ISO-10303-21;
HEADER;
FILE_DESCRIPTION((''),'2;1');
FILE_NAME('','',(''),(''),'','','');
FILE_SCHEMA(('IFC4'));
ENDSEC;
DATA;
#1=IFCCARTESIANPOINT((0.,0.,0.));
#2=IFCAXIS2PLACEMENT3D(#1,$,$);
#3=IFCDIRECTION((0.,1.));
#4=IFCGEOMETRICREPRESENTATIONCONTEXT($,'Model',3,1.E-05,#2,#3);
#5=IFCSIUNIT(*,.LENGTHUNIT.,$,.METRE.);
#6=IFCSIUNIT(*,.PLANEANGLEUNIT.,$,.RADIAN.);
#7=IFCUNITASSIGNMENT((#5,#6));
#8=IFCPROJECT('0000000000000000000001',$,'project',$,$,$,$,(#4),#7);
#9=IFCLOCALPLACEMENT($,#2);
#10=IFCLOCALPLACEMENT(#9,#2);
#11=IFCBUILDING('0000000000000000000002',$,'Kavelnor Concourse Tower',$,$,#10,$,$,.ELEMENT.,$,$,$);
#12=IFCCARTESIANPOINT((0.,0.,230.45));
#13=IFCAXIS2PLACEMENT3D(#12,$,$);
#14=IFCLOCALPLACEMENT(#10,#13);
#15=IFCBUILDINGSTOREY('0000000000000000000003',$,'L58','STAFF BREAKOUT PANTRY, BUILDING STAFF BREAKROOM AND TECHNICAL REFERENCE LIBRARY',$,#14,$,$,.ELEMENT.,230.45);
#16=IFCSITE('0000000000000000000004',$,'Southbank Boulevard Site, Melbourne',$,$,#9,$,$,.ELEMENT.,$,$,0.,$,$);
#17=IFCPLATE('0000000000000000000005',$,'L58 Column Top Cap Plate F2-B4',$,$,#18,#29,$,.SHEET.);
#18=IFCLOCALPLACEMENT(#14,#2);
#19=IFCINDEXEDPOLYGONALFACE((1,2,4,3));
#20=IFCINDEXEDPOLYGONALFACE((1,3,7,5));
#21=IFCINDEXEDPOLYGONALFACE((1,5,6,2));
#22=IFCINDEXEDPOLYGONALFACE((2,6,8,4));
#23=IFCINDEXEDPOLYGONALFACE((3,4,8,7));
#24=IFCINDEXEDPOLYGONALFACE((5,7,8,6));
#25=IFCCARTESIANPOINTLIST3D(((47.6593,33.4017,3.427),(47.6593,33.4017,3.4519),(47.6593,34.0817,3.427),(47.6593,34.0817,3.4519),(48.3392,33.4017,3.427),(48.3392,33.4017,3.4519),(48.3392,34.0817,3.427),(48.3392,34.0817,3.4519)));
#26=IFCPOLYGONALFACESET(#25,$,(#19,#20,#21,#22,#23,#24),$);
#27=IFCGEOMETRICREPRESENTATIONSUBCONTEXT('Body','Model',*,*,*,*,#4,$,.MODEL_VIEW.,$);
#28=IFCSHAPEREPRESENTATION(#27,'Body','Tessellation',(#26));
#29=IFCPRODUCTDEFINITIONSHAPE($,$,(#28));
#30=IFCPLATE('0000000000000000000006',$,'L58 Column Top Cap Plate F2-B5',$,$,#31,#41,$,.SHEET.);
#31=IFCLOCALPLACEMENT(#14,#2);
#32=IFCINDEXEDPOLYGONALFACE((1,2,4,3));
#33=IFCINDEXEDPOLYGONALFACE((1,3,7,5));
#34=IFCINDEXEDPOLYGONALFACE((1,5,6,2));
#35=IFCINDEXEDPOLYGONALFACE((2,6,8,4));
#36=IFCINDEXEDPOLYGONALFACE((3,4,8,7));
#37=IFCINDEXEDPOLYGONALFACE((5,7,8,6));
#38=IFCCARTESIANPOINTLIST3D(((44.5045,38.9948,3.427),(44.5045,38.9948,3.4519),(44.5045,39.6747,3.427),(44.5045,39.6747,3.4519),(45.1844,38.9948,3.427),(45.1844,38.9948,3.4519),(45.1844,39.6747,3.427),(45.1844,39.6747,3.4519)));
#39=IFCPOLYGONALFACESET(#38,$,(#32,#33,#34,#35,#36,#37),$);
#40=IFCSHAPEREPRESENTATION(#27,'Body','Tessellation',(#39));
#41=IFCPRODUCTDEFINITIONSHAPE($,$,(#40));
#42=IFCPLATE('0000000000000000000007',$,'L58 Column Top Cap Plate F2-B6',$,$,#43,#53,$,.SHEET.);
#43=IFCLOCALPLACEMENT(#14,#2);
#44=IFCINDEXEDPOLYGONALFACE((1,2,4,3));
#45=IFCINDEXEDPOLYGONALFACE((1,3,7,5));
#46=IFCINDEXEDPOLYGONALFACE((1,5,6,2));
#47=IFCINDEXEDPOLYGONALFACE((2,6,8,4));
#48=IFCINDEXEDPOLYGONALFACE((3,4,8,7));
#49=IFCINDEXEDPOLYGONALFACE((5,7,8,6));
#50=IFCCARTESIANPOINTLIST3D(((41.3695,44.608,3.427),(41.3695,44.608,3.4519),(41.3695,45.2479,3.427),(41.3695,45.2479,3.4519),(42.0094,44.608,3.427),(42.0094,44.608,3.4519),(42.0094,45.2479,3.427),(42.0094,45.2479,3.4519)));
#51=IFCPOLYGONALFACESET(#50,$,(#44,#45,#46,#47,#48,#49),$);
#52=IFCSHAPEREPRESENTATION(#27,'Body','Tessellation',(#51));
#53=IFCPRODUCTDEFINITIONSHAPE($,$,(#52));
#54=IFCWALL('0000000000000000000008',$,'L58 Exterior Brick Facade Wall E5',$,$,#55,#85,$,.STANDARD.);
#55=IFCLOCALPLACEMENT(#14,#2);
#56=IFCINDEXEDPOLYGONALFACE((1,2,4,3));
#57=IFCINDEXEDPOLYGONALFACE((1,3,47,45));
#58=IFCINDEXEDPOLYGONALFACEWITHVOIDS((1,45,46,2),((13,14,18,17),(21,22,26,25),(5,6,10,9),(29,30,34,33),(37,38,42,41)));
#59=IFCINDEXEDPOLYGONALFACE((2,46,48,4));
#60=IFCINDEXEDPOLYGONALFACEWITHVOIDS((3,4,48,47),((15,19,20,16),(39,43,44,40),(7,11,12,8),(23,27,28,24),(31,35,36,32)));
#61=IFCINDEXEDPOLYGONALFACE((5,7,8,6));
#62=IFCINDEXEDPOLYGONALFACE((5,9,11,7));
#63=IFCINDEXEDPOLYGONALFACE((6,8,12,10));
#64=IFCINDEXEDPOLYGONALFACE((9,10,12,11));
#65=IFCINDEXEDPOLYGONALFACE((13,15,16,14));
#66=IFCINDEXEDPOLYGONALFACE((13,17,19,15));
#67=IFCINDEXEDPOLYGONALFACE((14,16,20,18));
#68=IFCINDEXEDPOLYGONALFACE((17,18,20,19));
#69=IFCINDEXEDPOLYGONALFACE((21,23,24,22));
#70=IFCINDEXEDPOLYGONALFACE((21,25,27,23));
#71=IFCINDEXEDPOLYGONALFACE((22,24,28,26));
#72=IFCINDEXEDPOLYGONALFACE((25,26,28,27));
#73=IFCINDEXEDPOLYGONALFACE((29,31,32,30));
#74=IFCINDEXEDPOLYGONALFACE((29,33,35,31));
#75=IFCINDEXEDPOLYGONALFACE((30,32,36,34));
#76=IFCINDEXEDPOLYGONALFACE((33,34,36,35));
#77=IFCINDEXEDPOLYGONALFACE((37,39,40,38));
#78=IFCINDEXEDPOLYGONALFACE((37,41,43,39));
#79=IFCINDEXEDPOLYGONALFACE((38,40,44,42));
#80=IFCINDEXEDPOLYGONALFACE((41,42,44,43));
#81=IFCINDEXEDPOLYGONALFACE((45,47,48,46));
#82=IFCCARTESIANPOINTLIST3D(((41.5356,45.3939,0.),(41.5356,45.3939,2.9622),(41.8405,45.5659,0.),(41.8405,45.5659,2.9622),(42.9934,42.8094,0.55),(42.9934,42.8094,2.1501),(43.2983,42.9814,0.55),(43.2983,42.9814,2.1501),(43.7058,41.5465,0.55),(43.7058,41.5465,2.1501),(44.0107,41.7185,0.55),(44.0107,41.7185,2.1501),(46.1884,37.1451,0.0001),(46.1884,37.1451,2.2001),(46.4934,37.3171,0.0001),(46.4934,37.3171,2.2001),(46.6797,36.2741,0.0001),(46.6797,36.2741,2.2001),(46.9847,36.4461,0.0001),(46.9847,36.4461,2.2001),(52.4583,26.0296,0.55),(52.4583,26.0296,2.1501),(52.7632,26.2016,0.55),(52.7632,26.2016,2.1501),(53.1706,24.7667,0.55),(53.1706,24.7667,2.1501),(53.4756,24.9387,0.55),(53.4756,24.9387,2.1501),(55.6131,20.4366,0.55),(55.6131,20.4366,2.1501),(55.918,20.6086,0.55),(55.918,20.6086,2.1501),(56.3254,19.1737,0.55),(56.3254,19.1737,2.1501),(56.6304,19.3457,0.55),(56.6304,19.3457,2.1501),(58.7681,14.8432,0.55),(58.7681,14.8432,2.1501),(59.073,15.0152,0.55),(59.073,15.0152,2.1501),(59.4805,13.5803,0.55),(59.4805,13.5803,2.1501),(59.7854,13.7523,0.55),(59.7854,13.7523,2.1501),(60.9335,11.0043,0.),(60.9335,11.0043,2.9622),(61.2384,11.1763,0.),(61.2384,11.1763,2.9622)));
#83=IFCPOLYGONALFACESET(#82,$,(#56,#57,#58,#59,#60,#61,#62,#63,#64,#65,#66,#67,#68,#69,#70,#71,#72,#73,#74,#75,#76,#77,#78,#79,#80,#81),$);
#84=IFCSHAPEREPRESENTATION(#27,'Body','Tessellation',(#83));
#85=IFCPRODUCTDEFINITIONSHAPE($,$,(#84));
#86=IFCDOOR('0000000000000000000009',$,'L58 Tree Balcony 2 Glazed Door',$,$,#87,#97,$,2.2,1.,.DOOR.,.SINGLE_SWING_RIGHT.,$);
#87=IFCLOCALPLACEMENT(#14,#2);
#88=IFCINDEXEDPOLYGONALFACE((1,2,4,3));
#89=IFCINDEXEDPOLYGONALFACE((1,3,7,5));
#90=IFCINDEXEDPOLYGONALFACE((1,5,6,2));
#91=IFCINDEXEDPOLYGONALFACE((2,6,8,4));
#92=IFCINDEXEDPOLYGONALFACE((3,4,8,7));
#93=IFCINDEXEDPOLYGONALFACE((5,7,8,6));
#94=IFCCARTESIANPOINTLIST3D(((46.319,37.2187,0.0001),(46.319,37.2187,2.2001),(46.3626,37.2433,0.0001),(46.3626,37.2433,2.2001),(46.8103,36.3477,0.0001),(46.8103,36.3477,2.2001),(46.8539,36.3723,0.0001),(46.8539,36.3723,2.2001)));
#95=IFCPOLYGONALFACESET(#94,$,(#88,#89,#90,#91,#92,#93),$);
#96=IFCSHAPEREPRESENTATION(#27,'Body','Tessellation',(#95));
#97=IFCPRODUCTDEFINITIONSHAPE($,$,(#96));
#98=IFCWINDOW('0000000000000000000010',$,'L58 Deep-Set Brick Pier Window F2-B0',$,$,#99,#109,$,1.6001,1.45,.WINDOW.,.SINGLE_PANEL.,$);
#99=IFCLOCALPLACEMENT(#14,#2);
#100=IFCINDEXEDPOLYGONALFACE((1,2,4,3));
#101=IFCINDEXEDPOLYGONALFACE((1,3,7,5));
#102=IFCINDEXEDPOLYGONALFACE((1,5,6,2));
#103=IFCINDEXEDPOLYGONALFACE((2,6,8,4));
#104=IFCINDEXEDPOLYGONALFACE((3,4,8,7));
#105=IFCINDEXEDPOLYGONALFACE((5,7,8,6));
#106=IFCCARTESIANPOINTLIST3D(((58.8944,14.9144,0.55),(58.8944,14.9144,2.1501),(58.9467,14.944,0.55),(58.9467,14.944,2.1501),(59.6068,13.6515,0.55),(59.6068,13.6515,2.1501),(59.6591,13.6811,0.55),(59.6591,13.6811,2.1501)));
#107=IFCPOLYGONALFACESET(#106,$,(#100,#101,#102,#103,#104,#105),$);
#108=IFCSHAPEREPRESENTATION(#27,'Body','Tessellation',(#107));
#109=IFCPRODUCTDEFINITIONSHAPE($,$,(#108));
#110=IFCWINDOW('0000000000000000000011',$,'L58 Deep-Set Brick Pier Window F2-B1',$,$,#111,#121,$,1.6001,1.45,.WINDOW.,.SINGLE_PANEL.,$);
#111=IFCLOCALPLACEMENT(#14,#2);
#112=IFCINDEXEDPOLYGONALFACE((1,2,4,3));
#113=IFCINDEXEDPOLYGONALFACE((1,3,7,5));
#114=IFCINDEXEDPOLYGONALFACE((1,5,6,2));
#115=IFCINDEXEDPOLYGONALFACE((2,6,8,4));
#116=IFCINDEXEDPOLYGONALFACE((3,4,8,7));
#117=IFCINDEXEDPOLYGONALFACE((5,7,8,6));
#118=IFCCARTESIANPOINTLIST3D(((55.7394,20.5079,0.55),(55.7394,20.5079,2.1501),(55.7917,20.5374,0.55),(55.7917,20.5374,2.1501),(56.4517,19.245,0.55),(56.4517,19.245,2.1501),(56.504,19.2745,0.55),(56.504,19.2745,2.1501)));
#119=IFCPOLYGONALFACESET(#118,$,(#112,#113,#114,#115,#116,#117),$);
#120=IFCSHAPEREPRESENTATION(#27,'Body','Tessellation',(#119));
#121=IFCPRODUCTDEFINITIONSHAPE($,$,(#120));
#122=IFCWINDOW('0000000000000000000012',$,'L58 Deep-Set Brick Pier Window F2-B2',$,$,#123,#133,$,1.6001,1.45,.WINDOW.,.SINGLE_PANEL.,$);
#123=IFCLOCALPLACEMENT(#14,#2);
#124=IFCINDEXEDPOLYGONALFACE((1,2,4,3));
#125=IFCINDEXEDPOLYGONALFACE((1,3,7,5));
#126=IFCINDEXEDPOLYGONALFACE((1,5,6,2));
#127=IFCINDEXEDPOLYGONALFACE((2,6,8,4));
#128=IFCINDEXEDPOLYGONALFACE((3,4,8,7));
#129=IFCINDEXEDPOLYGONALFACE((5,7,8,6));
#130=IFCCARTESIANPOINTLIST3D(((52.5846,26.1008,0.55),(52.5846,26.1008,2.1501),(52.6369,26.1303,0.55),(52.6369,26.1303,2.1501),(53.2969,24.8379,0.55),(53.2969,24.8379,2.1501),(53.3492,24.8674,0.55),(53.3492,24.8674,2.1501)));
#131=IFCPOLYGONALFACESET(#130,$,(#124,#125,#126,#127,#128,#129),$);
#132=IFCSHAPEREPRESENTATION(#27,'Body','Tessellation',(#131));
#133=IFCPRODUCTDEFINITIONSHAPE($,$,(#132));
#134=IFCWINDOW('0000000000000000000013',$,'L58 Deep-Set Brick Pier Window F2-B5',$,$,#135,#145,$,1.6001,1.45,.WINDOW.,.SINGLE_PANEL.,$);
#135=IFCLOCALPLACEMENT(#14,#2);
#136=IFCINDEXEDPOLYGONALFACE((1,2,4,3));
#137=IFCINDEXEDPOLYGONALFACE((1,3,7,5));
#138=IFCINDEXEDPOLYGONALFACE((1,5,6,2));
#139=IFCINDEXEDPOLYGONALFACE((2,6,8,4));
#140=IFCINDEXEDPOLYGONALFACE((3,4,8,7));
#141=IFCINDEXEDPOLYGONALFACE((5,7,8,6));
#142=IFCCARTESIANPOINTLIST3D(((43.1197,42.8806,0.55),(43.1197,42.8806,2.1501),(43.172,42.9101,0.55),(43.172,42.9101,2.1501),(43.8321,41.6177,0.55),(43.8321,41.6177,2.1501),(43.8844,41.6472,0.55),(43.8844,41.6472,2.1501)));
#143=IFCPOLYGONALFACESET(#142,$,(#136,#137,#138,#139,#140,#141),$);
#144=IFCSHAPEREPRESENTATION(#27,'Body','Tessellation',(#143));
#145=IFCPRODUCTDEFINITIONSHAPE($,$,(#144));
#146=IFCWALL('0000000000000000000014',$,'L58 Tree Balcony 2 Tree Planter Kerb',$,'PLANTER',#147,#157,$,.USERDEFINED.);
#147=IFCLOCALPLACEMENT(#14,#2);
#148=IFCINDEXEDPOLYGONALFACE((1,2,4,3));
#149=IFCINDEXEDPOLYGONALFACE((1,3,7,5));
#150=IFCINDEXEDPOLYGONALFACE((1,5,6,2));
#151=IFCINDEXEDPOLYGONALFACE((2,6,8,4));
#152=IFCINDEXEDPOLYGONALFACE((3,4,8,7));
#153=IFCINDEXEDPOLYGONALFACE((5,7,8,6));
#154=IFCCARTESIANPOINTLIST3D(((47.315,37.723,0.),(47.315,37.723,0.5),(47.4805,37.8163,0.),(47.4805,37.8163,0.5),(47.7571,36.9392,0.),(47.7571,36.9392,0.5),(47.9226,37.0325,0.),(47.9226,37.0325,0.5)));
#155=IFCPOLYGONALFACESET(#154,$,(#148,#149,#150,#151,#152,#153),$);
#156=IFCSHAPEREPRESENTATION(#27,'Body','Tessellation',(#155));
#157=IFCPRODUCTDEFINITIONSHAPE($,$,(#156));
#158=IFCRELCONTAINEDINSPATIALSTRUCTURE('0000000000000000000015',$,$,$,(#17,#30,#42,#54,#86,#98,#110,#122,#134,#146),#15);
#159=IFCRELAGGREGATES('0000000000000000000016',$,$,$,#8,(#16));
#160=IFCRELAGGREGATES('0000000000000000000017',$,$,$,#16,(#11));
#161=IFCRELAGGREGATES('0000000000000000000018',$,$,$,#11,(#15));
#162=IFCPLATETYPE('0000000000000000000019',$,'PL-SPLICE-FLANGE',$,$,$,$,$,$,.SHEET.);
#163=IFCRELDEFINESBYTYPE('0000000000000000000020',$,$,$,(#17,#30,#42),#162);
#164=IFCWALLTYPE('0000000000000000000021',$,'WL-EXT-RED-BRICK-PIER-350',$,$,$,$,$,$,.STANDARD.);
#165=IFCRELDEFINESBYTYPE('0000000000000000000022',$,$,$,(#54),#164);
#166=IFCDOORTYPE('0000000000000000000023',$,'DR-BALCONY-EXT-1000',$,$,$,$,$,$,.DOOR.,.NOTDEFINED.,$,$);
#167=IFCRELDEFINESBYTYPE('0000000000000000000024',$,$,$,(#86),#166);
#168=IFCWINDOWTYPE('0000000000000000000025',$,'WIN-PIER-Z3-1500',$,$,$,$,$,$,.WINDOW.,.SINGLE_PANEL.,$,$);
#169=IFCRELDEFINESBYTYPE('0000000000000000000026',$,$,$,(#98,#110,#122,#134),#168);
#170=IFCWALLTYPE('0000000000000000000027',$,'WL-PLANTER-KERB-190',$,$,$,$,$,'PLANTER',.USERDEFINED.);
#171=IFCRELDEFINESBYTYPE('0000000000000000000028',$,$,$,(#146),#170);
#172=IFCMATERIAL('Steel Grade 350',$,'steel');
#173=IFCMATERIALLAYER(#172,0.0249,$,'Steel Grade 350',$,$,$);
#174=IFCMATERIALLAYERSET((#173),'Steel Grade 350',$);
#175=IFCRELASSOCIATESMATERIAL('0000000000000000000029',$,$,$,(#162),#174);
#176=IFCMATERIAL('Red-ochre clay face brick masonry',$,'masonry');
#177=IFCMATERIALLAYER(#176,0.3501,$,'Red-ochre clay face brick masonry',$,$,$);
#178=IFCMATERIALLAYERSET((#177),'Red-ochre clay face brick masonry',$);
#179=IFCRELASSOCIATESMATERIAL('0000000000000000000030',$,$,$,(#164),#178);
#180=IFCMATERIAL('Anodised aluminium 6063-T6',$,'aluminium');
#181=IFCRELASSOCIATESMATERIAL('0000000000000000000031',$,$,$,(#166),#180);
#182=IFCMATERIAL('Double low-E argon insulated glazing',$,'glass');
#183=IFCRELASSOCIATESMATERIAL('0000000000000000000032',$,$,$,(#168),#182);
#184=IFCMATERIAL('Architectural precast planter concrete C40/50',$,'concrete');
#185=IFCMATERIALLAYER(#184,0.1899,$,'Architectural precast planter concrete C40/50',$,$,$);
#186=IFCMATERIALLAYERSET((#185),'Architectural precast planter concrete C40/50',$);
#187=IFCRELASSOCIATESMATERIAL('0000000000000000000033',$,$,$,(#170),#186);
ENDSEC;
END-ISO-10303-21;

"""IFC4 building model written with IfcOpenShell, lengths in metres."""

from ifc_helpers import new_model, si_unit, direction, frame, frame_2d, origin, origin_2d, place, context, subcontext, project, spatial, rectangle, extrude, material, layer, layer_set, type_object, element, fill, save


model = new_model("IFC4")

# Units and contexts
model_context = context("Model", 3, precision=1e-05, world=origin(), true_north=direction((0.0, 1.0)))
body_context = subcontext(model_context, "Body", "Model", "MODEL_VIEW")
ifc_project = project(units=[si_unit("LENGTHUNIT", "METRE"), si_unit("PLANEANGLEUNIT", "RADIAN")], contexts=[model_context])

# Site, building, storey
site_placement = place(None, origin())
site = spatial("IfcSite", under=ifc_project, at=site_placement, Name="Southbank Boulevard Site, Melbourne", CompositionType="ELEMENT", RefElevation=0.0)
building_placement = place(site_placement, origin())
building = spatial("IfcBuilding", under=site, at=building_placement, Name="Kavelnor Concourse Tower", CompositionType="ELEMENT")
storey_placement = place(building_placement, frame((0.0, 0.0, 230.45)))
storey = spatial("IfcBuildingStorey", under=building, at=storey_placement, Name="L58", Description="STAFF BREAKOUT PANTRY, BUILDING STAFF BREAKROOM AND TECHNICAL REFERENCE LIBRARY", CompositionType="ELEMENT", Elevation=230.45)

# Shared definitions
ifc_material_1 = material(Name="Steel Grade 350", Category="steel")

# Plates
ifc_layer_1 = layer(ifc_material_1, 0.0249, Name="Steel Grade 350")
ifc_layer_set_1 = layer_set([ifc_layer_1], Name="Steel Grade 350")
plate_type_1 = type_object("IfcPlateType", Name="PL-SPLICE-FLANGE", PredefinedType="SHEET", material=ifc_layer_set_1)
for number, where, z_axis, x_axis, name in (
    (1, (47.9993, 33.7417, 3.427), (0.0, 0.0, 1.0), (1.0, 0.0, 0.0), "L58 Column Top Cap Plate F2-B4"),
    (2, (44.8445, 39.3347, 3.427), (0.0, 0.0, 1.0), (1.0, 0.0, 0.0), "L58 Column Top Cap Plate F2-B5"),
):
    element("IfcPlate", number, at=place(storey_placement, frame(where, z_axis=z_axis, x_axis=x_axis)), inside=storey, type_object=plate_type_1, Name=name, PredefinedType="SHEET", context=body_context, shape_type="SweptSolid", body=[
        extrude(rectangle(XDim=0.6799, YDim=0.6799, at=origin_2d()), origin(), (0.0, 0.0, 1.0), 0.0249),
    ])
plate_1_placement = place(storey_placement, frame((41.6895, 44.928, 3.427), z_axis=(0.0, 0.0, 1.0), x_axis=(1.0, 0.0, 0.0)))
element("IfcPlate", 3, at=plate_1_placement, inside=storey, type_object=plate_type_1, Name="L58 Column Top Cap Plate F2-B6", PredefinedType="SHEET", context=body_context, shape_type="SweptSolid", body=[
    extrude(rectangle(XDim=0.6399, YDim=0.6399, at=origin_2d()), origin(), (0.0, 0.0, 1.0), 0.0249),
])

# Wall, openings, door, windows
ifc_material_2 = material(Name="Red-ochre clay face brick masonry", Category="masonry")
ifc_layer_2 = layer(ifc_material_2, 0.3501, Name="Red-ochre clay face brick masonry")
ifc_layer_set_2 = layer_set([ifc_layer_2], Name="Red-ochre clay face brick masonry")
wall_type_1 = type_object("IfcWallType", Name="WL-EXT-RED-BRICK-PIER-350", PredefinedType="STANDARD", material=ifc_layer_set_2)
wall_1_placement = place(storey_placement, frame((41.688, 45.48, 0.0), z_axis=(0.0, 0.0, 1.0), x_axis=(0.491295, -0.870993, 0.0)))
wall_1 = element("IfcWall", 4, at=wall_1_placement, inside=storey, type_object=wall_type_1, Name="L58 Exterior Brick Facade Wall E5", PredefinedType="STANDARD", context=body_context, shape_type="SweptSolid", body=[
    extrude(rectangle(XDim=39.4832, YDim=0.3501, at=frame_2d((19.7417, 0.0))), origin(), (0.0, 0.0, 1.0), 2.9622),
])
opening_1_placement = place(wall_1_placement, frame((9.4707, 0.0, 0.0)))
opening_1 = element("IfcOpeningElement", 5, at=opening_1_placement, cuts=wall_1, PredefinedType="OPENING", context=body_context, shape_type="SweptSolid", body=[
    extrude(rectangle(XDim=1.0, YDim=2.2, at=frame_2d((0.5, 1.1001))), frame((0.0, 0.1851, 0.0), z_axis=(0.0, -1.0, 0.0), x_axis=(1.0, 0.0, 0.0)), (0.0, 0.0, 1.0), 0.3701),
])
opening_2_placement = place(wall_1_placement, frame((35.0757, 0.0, 0.55)))
opening_2 = element("IfcOpeningElement", 6, at=opening_2_placement, cuts=wall_1, PredefinedType="OPENING", context=body_context, shape_type="SweptSolid", body=[
    extrude(rectangle(XDim=1.45, YDim=1.6001, at=frame_2d((0.7251, 0.8))), frame((0.0, 0.1851, 0.0), z_axis=(0.0, -1.0, 0.0), x_axis=(1.0, 0.0, 0.0)), (0.0, 0.0, 1.0), 0.3701),
])
opening_3_placement = place(wall_1_placement, frame((28.6538, 0.0, 0.55)))
opening_3 = element("IfcOpeningElement", 7, at=opening_3_placement, cuts=wall_1, PredefinedType="OPENING", context=body_context, shape_type="SweptSolid", body=[
    extrude(rectangle(XDim=1.45, YDim=1.6001, at=frame_2d((0.7251, 0.8))), frame((0.0, 0.1851, 0.0), z_axis=(0.0, -1.0, 0.0), x_axis=(1.0, 0.0, 0.0)), (0.0, 0.0, 1.0), 0.3701),
])
opening_4_placement = place(wall_1_placement, frame((22.2324, 0.0, 0.55)))
opening_4 = element("IfcOpeningElement", 8, at=opening_4_placement, cuts=wall_1, PredefinedType="OPENING", context=body_context, shape_type="SweptSolid", body=[
    extrude(rectangle(XDim=1.45, YDim=1.6001, at=frame_2d((0.7251, 0.8))), frame((0.0, 0.1851, 0.0), z_axis=(0.0, -1.0, 0.0), x_axis=(1.0, 0.0, 0.0)), (0.0, 0.0, 1.0), 0.3701),
])
opening_5_placement = place(wall_1_placement, frame((2.9673, 0.0, 0.55)))
opening_5 = element("IfcOpeningElement", 9, at=opening_5_placement, cuts=wall_1, PredefinedType="OPENING", context=body_context, shape_type="SweptSolid", body=[
    extrude(rectangle(XDim=1.45, YDim=1.6001, at=frame_2d((0.7251, 0.8))), frame((0.0, 0.1851, 0.0), z_axis=(0.0, -1.0, 0.0), x_axis=(1.0, 0.0, 0.0)), (0.0, 0.0, 1.0), 0.3701),
])
ifc_material_3 = material(Name="Anodised aluminium 6063-T6", Category="aluminium")
door_type = type_object("IfcDoorType", Name="DR-BALCONY-EXT-1000", OperationType="NOTDEFINED", PredefinedType="DOOR", material=ifc_material_3)
door_placement = place(opening_1_placement, origin())
door = element("IfcDoor", 10, at=door_placement, inside=storey, type_object=door_type, Name="L58 Tree Balcony 2 Glazed Door", OperationType="SINGLE_SWING_RIGHT", OverallHeight=2.2, OverallWidth=1.0, PredefinedType="DOOR", context=body_context, shape_type="SweptSolid", body=[
    extrude(rectangle(XDim=1.0, YDim=2.2, at=frame_2d((0.5, 1.1001))), frame((0.0, 0.0249, 0.0), z_axis=(0.0, -1.0, 0.0), x_axis=(1.0, 0.0, 0.0)), (0.0, 0.0, 1.0), 0.05),
])
fill(opening_1, door)
ifc_material_4 = material(Name="Double low-E argon insulated glazing", Category="glass")
window_type = type_object("IfcWindowType", Name="WIN-PIER-Z3-1500", PartitioningType="SINGLE_PANEL", PredefinedType="WINDOW", material=ifc_material_4)
window_1_placement = place(opening_2_placement, origin())
window_1 = element("IfcWindow", 11, at=window_1_placement, inside=storey, type_object=window_type, Name="L58 Deep-Set Brick Pier Window F2-B0", OverallHeight=1.6001, OverallWidth=1.45, PartitioningType="SINGLE_PANEL", PredefinedType="WINDOW", context=body_context, shape_type="SweptSolid", body=[
    extrude(rectangle(XDim=1.45, YDim=1.6001, at=frame_2d((0.7251, 0.8))), frame((0.0, 0.03, 0.0), z_axis=(0.0, -1.0, 0.0), x_axis=(1.0, 0.0, 0.0)), (0.0, 0.0, 1.0), 0.0601),
])
fill(opening_2, window_1)
window_2_placement = place(opening_3_placement, origin())
window_2 = element("IfcWindow", 12, at=window_2_placement, inside=storey, type_object=window_type, Name="L58 Deep-Set Brick Pier Window F2-B1", OverallHeight=1.6001, OverallWidth=1.45, PartitioningType="SINGLE_PANEL", PredefinedType="WINDOW", context=body_context, shape_type="SweptSolid", body=[
    extrude(rectangle(XDim=1.45, YDim=1.6001, at=frame_2d((0.7251, 0.8))), frame((0.0, 0.03, 0.0), z_axis=(0.0, -1.0, 0.0), x_axis=(1.0, 0.0, 0.0)), (0.0, 0.0, 1.0), 0.0601),
])
fill(opening_3, window_2)
window_3_placement = place(opening_4_placement, origin())
window_3 = element("IfcWindow", 13, at=window_3_placement, inside=storey, type_object=window_type, Name="L58 Deep-Set Brick Pier Window F2-B2", OverallHeight=1.6001, OverallWidth=1.45, PartitioningType="SINGLE_PANEL", PredefinedType="WINDOW", context=body_context, shape_type="SweptSolid", body=[
    extrude(rectangle(XDim=1.45, YDim=1.6001, at=frame_2d((0.7251, 0.8))), frame((0.0, 0.03, 0.0), z_axis=(0.0, -1.0, 0.0), x_axis=(1.0, 0.0, 0.0)), (0.0, 0.0, 1.0), 0.0601),
])
fill(opening_4, window_3)
window_4_placement = place(opening_5_placement, origin())
window_4 = element("IfcWindow", 14, at=window_4_placement, inside=storey, type_object=window_type, Name="L58 Deep-Set Brick Pier Window F2-B5", OverallHeight=1.6001, OverallWidth=1.45, PartitioningType="SINGLE_PANEL", PredefinedType="WINDOW", context=body_context, shape_type="SweptSolid", body=[
    extrude(rectangle(XDim=1.45, YDim=1.6001, at=frame_2d((0.7251, 0.8))), frame((0.0, 0.03, 0.0), z_axis=(0.0, -1.0, 0.0), x_axis=(1.0, 0.0, 0.0)), (0.0, 0.0, 1.0), 0.0601),
])
fill(opening_5, window_4)

# Wall
ifc_material_5 = material(Name="Architectural precast planter concrete C40/50", Category="concrete")
ifc_layer_3 = layer(ifc_material_5, 0.1899, Name="Architectural precast planter concrete C40/50")
ifc_layer_set_3 = layer_set([ifc_layer_3], Name="Architectural precast planter concrete C40/50")
wall_type_2 = type_object("IfcWallType", Name="WL-PLANTER-KERB-190", ElementType="PLANTER", PredefinedType="USERDEFINED", material=ifc_layer_set_3)
wall_2_placement = place(storey_placement, frame((47.8398, 36.9858, 0.0), z_axis=(0.0, 0.0, 1.0), x_axis=(-0.491253, 0.871017, 0.0)))
element("IfcWall", 15, at=wall_2_placement, inside=storey, type_object=wall_type_2, Name="L58 Tree Balcony 2 Tree Planter Kerb", ObjectType="PLANTER", PredefinedType="USERDEFINED", context=body_context, shape_type="SweptSolid", body=[
    extrude(rectangle(XDim=0.8999, YDim=0.1899, at=frame_2d((0.45, 0.0))), origin(), (0.0, 0.0, 1.0), 0.5),
])

save(model, "model.ifc")
